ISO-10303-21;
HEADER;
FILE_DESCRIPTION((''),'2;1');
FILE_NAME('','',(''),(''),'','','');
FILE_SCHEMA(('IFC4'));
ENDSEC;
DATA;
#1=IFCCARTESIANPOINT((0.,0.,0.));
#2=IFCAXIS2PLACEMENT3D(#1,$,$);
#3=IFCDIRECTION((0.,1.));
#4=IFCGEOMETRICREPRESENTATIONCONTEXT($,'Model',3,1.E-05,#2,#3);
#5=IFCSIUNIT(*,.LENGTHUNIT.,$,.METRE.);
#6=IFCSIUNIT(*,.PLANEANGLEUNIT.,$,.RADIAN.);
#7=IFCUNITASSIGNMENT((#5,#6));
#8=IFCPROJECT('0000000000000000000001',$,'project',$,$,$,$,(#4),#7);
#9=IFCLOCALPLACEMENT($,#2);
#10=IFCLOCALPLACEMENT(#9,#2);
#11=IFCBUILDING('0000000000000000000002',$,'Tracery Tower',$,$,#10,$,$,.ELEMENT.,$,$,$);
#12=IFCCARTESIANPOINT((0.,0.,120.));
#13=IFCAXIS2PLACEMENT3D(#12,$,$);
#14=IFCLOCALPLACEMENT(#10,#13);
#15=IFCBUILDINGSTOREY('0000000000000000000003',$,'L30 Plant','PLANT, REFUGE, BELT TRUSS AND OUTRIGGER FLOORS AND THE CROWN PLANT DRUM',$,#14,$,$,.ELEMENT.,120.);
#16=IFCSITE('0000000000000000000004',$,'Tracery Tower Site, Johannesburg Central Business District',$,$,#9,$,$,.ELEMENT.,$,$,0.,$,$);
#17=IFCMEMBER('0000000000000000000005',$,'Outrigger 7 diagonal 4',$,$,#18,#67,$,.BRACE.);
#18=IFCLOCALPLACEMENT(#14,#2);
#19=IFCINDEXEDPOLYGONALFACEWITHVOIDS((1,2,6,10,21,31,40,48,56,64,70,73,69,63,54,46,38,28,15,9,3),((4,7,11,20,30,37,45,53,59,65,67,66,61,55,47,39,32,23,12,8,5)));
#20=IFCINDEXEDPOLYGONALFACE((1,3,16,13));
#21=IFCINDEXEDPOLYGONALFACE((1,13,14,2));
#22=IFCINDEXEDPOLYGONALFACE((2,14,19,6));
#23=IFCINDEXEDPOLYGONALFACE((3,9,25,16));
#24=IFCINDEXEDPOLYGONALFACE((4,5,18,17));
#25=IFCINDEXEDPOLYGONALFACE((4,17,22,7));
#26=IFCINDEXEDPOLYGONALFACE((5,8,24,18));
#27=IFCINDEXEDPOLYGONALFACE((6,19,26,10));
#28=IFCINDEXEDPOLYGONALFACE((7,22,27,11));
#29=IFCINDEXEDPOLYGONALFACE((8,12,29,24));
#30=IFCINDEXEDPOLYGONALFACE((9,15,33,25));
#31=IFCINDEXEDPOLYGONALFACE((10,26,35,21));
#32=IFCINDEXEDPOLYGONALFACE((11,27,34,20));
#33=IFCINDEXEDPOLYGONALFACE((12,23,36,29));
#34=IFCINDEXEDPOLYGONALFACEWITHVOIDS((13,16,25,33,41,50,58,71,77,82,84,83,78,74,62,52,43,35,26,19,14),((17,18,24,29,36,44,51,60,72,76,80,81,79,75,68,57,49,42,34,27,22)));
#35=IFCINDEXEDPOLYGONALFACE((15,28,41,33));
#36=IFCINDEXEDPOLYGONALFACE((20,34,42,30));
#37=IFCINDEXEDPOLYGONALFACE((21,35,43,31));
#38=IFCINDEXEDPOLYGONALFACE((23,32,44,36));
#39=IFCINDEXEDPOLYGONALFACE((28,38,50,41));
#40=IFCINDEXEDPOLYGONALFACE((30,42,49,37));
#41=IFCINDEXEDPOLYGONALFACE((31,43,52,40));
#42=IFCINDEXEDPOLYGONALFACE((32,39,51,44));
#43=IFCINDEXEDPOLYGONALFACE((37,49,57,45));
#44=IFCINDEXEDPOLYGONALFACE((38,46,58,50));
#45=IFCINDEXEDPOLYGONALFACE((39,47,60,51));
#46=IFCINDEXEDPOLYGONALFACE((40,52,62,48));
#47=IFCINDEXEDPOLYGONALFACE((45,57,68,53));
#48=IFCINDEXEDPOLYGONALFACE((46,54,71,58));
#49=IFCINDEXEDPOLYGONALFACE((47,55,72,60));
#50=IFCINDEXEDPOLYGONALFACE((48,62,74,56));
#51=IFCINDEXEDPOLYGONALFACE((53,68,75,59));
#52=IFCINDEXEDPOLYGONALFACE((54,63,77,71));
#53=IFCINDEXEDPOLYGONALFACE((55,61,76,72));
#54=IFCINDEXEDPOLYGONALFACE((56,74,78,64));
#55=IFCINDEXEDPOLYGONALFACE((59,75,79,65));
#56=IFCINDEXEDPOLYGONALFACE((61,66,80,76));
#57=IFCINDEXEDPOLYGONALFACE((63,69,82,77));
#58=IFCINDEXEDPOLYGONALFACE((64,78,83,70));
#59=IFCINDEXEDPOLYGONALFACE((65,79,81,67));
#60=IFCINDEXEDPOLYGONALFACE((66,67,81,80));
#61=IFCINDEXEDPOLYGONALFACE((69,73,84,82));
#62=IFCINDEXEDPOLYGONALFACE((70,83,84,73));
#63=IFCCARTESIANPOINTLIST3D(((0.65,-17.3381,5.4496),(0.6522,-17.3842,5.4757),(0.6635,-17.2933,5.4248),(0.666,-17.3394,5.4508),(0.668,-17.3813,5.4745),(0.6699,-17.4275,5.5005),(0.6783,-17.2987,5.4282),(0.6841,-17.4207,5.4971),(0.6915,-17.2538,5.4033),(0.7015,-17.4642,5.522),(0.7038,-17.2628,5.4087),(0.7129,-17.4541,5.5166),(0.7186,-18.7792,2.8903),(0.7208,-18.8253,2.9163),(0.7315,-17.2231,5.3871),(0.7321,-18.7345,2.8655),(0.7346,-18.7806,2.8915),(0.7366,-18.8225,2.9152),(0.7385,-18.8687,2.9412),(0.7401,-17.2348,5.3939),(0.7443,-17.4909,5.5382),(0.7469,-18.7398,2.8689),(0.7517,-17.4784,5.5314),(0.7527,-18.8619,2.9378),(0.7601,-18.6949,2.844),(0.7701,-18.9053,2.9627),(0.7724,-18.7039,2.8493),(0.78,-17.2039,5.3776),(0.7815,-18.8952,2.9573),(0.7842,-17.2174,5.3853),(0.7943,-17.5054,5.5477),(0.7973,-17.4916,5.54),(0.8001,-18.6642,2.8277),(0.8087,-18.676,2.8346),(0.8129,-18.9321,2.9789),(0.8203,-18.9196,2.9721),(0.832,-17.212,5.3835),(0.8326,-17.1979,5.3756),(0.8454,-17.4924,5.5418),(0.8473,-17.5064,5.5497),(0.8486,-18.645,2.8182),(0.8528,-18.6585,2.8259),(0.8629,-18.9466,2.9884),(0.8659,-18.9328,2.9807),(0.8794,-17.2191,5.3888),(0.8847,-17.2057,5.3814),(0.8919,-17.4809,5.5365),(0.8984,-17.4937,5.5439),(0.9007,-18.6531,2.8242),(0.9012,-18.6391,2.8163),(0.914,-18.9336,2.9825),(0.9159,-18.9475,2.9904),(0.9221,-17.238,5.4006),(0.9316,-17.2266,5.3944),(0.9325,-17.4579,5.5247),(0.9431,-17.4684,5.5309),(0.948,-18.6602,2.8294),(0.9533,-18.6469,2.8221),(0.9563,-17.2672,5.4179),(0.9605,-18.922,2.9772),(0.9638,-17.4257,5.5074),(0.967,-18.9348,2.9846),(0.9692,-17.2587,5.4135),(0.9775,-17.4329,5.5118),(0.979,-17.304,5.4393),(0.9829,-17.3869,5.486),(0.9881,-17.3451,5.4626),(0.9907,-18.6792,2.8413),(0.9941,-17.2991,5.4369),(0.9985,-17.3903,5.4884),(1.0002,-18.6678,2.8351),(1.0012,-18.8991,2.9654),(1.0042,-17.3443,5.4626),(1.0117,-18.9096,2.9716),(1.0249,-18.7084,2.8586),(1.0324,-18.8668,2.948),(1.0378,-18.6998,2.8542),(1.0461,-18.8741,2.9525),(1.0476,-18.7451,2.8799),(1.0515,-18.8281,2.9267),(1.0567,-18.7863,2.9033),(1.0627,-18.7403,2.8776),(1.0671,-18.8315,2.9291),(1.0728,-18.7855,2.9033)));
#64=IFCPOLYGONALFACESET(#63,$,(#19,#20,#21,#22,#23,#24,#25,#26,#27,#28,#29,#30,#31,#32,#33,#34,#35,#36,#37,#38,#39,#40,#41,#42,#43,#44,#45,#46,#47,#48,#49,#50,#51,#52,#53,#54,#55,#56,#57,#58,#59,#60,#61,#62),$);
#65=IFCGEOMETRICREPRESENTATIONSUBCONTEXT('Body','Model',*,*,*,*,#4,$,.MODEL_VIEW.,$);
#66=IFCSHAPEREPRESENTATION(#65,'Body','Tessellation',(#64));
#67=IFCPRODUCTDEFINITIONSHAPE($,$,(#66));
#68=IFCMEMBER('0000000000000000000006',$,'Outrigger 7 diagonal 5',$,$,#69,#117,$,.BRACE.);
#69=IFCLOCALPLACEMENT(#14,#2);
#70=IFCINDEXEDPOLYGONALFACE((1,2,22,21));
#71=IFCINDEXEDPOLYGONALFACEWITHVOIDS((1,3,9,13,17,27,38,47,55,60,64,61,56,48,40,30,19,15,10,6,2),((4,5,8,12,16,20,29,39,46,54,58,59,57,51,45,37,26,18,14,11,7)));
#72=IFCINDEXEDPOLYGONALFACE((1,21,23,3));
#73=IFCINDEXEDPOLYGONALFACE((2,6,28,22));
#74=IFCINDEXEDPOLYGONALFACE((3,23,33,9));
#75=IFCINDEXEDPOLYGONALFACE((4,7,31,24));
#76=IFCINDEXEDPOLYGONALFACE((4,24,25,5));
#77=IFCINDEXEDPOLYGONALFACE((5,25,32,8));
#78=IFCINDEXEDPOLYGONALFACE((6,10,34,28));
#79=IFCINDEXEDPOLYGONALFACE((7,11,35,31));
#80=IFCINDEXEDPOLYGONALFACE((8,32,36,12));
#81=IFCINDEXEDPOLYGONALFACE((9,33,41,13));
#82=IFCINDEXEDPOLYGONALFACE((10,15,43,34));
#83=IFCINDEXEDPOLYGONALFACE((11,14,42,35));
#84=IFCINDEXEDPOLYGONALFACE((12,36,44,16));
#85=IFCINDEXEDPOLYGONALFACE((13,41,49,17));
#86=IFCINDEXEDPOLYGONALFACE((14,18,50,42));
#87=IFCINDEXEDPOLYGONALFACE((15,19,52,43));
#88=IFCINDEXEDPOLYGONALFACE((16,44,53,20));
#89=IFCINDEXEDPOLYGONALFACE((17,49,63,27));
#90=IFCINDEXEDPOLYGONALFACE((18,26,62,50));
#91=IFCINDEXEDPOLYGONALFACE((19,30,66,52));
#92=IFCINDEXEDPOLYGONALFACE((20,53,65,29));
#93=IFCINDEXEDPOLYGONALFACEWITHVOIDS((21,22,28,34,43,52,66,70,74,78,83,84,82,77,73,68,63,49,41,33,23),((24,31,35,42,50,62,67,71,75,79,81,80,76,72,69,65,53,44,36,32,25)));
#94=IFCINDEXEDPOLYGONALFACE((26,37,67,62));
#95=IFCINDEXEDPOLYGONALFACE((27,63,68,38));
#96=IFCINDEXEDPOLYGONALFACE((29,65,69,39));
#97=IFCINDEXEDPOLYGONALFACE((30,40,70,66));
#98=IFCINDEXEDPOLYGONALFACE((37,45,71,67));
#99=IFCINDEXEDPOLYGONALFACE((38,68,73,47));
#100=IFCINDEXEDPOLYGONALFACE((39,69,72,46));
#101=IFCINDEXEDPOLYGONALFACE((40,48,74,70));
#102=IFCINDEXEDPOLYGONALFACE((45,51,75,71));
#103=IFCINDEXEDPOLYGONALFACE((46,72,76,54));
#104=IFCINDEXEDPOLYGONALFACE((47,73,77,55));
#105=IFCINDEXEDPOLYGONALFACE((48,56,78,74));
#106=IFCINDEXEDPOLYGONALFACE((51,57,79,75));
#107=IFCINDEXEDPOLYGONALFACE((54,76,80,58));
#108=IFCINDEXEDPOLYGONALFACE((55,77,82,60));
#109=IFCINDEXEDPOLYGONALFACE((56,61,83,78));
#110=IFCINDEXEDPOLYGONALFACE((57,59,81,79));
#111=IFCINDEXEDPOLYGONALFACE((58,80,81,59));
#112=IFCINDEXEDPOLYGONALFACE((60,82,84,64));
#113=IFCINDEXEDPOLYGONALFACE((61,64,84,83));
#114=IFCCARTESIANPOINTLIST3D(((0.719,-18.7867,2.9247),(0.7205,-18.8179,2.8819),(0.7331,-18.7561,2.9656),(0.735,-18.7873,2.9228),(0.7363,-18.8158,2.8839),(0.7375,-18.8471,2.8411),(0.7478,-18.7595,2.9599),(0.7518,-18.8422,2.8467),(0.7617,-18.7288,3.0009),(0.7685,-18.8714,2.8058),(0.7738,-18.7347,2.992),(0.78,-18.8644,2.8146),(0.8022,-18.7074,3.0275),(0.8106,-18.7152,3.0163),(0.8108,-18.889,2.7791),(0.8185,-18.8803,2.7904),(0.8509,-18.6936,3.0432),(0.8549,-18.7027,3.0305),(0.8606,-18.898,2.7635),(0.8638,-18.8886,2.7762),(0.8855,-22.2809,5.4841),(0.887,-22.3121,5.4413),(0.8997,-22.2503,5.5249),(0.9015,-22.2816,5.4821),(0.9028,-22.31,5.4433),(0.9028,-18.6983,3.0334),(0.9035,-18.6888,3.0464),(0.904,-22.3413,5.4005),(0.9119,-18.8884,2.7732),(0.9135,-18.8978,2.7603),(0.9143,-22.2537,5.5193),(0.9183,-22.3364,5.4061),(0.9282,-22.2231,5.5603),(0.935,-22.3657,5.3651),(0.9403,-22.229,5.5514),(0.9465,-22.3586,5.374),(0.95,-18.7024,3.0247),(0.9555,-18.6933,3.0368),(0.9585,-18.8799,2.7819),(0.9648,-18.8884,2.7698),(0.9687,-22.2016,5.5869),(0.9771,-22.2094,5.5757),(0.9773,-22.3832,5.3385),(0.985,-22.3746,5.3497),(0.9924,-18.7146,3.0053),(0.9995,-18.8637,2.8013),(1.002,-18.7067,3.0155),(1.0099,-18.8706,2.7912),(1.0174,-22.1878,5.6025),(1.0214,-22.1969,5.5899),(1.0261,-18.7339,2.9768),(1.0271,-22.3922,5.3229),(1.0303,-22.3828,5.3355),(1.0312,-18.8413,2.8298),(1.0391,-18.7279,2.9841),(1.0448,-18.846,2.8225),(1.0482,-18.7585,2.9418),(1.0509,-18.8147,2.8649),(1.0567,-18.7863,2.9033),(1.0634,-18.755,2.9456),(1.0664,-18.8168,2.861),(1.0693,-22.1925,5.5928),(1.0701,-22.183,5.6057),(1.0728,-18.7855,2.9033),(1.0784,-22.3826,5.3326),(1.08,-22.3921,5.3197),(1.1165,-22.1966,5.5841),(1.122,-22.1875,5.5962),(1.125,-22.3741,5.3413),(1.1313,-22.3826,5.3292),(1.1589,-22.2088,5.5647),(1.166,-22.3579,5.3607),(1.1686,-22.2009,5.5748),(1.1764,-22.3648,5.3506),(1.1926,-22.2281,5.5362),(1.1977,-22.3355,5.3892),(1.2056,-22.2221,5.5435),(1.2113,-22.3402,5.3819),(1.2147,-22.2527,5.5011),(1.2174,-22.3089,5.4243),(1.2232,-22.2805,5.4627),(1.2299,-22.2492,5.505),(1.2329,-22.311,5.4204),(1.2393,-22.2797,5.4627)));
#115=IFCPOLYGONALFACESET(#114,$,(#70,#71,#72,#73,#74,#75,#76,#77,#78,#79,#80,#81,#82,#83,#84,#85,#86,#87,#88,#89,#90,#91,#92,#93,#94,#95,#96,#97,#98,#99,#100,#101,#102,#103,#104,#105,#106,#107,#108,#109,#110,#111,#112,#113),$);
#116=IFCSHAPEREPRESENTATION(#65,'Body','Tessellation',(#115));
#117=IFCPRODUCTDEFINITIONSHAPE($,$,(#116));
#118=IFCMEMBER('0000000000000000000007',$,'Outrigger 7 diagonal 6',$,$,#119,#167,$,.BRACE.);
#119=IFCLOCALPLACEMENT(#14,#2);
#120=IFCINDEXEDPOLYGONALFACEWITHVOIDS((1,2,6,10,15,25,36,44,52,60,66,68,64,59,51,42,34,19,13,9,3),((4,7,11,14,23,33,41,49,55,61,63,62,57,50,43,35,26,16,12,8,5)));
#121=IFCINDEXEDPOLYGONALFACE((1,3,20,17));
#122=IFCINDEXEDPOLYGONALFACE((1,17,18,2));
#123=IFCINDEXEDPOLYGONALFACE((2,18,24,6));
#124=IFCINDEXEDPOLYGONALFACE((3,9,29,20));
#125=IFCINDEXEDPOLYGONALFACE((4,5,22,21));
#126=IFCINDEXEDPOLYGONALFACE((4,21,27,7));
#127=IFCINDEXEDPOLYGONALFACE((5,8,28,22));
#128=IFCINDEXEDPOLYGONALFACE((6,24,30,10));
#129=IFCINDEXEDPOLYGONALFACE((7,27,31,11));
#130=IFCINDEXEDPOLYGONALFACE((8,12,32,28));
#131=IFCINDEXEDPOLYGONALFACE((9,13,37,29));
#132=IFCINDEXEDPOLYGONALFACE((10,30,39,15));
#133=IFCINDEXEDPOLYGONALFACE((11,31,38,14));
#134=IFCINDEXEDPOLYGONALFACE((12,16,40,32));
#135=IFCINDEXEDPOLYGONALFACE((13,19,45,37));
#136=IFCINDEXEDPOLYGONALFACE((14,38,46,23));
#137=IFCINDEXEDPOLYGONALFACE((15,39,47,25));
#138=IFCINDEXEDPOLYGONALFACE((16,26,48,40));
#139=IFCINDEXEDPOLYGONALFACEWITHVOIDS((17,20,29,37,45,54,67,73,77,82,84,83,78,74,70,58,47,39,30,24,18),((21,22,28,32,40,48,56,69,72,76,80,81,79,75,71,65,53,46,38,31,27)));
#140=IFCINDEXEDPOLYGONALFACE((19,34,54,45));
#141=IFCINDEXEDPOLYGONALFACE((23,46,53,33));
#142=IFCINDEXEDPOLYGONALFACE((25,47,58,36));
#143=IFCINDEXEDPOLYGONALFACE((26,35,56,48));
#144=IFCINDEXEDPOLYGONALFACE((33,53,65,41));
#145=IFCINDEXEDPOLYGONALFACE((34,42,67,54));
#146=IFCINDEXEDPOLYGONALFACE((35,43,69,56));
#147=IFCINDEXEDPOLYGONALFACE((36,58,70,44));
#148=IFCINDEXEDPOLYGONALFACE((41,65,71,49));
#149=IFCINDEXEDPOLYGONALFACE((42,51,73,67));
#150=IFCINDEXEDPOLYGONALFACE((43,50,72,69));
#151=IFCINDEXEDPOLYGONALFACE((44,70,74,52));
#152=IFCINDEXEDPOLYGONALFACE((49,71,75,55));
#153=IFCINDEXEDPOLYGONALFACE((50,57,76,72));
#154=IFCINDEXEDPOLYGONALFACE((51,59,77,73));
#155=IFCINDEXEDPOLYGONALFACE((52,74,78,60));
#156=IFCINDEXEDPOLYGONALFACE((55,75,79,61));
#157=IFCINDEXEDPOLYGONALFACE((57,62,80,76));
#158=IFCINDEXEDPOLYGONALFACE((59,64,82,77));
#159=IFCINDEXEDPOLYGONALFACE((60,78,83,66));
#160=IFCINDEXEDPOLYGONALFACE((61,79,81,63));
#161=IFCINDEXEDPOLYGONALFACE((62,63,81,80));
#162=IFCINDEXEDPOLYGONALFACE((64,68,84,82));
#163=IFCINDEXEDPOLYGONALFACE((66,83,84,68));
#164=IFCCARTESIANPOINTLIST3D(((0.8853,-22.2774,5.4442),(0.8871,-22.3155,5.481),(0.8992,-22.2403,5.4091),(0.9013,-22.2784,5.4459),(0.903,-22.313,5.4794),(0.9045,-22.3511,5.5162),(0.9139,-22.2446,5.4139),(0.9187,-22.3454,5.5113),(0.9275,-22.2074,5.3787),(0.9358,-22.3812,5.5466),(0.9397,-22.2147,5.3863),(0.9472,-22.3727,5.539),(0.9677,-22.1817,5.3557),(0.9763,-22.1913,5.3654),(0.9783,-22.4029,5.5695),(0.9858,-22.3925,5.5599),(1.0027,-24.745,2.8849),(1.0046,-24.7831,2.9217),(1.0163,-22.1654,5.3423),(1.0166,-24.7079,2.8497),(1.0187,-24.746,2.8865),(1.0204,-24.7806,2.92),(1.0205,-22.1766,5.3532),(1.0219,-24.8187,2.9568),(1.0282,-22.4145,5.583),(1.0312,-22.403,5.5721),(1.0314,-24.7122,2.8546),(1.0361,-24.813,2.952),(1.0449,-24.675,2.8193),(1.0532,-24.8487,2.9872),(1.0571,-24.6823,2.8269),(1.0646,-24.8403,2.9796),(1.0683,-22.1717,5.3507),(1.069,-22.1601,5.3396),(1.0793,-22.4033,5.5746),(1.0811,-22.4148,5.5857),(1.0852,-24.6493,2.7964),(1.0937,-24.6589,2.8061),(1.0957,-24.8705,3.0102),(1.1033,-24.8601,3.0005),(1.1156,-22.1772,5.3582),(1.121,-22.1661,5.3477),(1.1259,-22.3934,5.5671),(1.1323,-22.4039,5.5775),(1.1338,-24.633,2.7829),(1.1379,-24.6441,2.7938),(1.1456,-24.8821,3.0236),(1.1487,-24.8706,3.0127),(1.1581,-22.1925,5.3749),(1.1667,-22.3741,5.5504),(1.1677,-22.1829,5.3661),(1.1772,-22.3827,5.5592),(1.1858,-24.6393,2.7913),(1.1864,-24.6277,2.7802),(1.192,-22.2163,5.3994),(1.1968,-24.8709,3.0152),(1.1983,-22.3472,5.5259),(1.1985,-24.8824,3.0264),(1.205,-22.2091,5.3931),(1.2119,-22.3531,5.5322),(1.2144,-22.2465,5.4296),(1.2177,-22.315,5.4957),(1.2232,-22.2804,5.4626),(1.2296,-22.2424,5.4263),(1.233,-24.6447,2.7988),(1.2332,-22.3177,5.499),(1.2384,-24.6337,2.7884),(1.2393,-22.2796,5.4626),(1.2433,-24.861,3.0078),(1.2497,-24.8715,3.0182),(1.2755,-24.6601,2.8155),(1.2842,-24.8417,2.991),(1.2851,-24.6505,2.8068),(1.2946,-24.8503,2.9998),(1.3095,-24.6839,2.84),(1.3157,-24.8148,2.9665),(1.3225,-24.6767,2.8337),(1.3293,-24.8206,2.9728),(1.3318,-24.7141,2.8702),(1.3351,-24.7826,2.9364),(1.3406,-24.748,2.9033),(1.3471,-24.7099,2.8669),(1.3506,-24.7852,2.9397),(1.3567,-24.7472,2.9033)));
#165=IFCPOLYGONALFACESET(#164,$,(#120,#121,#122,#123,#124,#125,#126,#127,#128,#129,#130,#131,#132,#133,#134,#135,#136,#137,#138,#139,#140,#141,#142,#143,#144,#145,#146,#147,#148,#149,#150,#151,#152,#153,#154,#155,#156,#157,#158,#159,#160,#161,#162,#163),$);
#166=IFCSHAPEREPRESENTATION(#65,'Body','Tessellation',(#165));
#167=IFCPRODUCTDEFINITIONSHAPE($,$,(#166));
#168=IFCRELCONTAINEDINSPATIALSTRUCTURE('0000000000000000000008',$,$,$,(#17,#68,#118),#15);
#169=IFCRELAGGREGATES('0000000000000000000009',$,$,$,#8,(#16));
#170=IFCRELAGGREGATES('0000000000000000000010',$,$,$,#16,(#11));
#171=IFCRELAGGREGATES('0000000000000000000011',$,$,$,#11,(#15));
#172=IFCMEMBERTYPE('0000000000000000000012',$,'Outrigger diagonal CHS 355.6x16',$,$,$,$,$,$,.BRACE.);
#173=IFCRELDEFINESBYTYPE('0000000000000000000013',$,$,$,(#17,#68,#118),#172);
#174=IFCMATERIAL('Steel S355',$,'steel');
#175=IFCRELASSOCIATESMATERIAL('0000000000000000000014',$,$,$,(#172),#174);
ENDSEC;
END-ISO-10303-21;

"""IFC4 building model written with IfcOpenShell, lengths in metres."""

from ifc_helpers import new_model, si_unit, direction, frame, origin, origin_2d, place, context, subcontext, project, spatial, hollow_circle, extrude, material, material_profile, profile_set, type_object, element, save


model = new_model("IFC4")

# Units and contexts
model_context = context("Model", 3, precision=1e-05, world=origin(), true_north=direction((0.0, 1.0)))
body_context = subcontext(model_context, "Body", "Model", "MODEL_VIEW")
ifc_project = project(units=[si_unit("LENGTHUNIT", "METRE"), si_unit("PLANEANGLEUNIT", "RADIAN")], contexts=[model_context])

# Site, building, storey
site_placement = place(None, origin())
site = spatial("IfcSite", under=ifc_project, at=site_placement, Name="Tracery Tower Site, Johannesburg Central Business District", CompositionType="ELEMENT", RefElevation=0.0)
building_placement = place(site_placement, origin())
building = spatial("IfcBuilding", under=site, at=building_placement, Name="Tracery Tower", CompositionType="ELEMENT")
storey_placement = place(building_placement, frame((0.0, 0.0, 120.0)))
storey = spatial("IfcBuildingStorey", under=building, at=storey_placement, Name="L30 Plant", Description="PLANT, REFUGE, BELT TRUSS AND OUTRIGGER FLOORS AND THE CROWN PLANT DRUM", CompositionType="ELEMENT", Elevation=120.0)

# Members
ifc_material_1 = material(Name="Steel S355", Category="steel")
ifc_material_profile_1 = material_profile(ifc_material_1, hollow_circle(Radius=0.1777, WallThickness=0.0161, at=origin_2d()), Name="CHS 355.6x16")
ifc_profile_set_1 = profile_set([ifc_material_profile_1], Name="Steel S355")
member_type_1 = type_object("IfcMemberType", Name="Outrigger diagonal CHS 355.6x16", PredefinedType="BRACE", material=ifc_profile_set_1)
member_1_placement = place(storey_placement, frame((0.8267, -17.3528, 5.4626), z_axis=(0.02335, -0.490526, -0.871114), x_axis=(0.998869, 0.047549, 0.0)))
element("IfcMember", 1, at=member_1_placement, inside=storey, type_object=member_type_1, Name="Outrigger 7 diagonal 4", PredefinedType="BRACE", context=body_context, shape_type="SweptSolid", body=[
    extrude(hollow_circle(Radius=0.1777, WallThickness=0.0161, at=origin_2d()), origin(), (0.0, 0.0, 1.0), 2.938),
])
member_2_placement = place(storey_placement, frame((0.8953, -18.7939, 2.9033), z_axis=(0.038415, -0.806145, 0.59047), x_axis=(0.998867, 0.047598, 0.0)))
element("IfcMember", 2, at=member_2_placement, inside=storey, type_object=member_type_1, Name="Outrigger 7 diagonal 5", PredefinedType="BRACE", context=body_context, shape_type="SweptSolid", body=[
    extrude(hollow_circle(Radius=0.1777, WallThickness=0.0161, at=origin_2d()), origin(), (0.0, 0.0, 1.0), 4.3345),
])
for number, where, z_axis, x_axis, name in (
    (3, (1.0618, -22.2881, 5.4626), (0.033014, -0.6937, -0.719507), (0.998869, 0.047537, 0.0), "Outrigger 7 diagonal 6"),
):
    element("IfcMember", number, at=place(storey_placement, frame(where, z_axis=z_axis, x_axis=x_axis)), inside=storey, type_object=member_type_1, Name=name, PredefinedType="BRACE", context=body_context, shape_type="SweptSolid", body=[
        extrude(hollow_circle(Radius=0.1777, WallThickness=0.0161, at=origin_2d()), origin(), (0.0, 0.0, 1.0), 3.5571),
    ])

save(model, "model.ifc")
